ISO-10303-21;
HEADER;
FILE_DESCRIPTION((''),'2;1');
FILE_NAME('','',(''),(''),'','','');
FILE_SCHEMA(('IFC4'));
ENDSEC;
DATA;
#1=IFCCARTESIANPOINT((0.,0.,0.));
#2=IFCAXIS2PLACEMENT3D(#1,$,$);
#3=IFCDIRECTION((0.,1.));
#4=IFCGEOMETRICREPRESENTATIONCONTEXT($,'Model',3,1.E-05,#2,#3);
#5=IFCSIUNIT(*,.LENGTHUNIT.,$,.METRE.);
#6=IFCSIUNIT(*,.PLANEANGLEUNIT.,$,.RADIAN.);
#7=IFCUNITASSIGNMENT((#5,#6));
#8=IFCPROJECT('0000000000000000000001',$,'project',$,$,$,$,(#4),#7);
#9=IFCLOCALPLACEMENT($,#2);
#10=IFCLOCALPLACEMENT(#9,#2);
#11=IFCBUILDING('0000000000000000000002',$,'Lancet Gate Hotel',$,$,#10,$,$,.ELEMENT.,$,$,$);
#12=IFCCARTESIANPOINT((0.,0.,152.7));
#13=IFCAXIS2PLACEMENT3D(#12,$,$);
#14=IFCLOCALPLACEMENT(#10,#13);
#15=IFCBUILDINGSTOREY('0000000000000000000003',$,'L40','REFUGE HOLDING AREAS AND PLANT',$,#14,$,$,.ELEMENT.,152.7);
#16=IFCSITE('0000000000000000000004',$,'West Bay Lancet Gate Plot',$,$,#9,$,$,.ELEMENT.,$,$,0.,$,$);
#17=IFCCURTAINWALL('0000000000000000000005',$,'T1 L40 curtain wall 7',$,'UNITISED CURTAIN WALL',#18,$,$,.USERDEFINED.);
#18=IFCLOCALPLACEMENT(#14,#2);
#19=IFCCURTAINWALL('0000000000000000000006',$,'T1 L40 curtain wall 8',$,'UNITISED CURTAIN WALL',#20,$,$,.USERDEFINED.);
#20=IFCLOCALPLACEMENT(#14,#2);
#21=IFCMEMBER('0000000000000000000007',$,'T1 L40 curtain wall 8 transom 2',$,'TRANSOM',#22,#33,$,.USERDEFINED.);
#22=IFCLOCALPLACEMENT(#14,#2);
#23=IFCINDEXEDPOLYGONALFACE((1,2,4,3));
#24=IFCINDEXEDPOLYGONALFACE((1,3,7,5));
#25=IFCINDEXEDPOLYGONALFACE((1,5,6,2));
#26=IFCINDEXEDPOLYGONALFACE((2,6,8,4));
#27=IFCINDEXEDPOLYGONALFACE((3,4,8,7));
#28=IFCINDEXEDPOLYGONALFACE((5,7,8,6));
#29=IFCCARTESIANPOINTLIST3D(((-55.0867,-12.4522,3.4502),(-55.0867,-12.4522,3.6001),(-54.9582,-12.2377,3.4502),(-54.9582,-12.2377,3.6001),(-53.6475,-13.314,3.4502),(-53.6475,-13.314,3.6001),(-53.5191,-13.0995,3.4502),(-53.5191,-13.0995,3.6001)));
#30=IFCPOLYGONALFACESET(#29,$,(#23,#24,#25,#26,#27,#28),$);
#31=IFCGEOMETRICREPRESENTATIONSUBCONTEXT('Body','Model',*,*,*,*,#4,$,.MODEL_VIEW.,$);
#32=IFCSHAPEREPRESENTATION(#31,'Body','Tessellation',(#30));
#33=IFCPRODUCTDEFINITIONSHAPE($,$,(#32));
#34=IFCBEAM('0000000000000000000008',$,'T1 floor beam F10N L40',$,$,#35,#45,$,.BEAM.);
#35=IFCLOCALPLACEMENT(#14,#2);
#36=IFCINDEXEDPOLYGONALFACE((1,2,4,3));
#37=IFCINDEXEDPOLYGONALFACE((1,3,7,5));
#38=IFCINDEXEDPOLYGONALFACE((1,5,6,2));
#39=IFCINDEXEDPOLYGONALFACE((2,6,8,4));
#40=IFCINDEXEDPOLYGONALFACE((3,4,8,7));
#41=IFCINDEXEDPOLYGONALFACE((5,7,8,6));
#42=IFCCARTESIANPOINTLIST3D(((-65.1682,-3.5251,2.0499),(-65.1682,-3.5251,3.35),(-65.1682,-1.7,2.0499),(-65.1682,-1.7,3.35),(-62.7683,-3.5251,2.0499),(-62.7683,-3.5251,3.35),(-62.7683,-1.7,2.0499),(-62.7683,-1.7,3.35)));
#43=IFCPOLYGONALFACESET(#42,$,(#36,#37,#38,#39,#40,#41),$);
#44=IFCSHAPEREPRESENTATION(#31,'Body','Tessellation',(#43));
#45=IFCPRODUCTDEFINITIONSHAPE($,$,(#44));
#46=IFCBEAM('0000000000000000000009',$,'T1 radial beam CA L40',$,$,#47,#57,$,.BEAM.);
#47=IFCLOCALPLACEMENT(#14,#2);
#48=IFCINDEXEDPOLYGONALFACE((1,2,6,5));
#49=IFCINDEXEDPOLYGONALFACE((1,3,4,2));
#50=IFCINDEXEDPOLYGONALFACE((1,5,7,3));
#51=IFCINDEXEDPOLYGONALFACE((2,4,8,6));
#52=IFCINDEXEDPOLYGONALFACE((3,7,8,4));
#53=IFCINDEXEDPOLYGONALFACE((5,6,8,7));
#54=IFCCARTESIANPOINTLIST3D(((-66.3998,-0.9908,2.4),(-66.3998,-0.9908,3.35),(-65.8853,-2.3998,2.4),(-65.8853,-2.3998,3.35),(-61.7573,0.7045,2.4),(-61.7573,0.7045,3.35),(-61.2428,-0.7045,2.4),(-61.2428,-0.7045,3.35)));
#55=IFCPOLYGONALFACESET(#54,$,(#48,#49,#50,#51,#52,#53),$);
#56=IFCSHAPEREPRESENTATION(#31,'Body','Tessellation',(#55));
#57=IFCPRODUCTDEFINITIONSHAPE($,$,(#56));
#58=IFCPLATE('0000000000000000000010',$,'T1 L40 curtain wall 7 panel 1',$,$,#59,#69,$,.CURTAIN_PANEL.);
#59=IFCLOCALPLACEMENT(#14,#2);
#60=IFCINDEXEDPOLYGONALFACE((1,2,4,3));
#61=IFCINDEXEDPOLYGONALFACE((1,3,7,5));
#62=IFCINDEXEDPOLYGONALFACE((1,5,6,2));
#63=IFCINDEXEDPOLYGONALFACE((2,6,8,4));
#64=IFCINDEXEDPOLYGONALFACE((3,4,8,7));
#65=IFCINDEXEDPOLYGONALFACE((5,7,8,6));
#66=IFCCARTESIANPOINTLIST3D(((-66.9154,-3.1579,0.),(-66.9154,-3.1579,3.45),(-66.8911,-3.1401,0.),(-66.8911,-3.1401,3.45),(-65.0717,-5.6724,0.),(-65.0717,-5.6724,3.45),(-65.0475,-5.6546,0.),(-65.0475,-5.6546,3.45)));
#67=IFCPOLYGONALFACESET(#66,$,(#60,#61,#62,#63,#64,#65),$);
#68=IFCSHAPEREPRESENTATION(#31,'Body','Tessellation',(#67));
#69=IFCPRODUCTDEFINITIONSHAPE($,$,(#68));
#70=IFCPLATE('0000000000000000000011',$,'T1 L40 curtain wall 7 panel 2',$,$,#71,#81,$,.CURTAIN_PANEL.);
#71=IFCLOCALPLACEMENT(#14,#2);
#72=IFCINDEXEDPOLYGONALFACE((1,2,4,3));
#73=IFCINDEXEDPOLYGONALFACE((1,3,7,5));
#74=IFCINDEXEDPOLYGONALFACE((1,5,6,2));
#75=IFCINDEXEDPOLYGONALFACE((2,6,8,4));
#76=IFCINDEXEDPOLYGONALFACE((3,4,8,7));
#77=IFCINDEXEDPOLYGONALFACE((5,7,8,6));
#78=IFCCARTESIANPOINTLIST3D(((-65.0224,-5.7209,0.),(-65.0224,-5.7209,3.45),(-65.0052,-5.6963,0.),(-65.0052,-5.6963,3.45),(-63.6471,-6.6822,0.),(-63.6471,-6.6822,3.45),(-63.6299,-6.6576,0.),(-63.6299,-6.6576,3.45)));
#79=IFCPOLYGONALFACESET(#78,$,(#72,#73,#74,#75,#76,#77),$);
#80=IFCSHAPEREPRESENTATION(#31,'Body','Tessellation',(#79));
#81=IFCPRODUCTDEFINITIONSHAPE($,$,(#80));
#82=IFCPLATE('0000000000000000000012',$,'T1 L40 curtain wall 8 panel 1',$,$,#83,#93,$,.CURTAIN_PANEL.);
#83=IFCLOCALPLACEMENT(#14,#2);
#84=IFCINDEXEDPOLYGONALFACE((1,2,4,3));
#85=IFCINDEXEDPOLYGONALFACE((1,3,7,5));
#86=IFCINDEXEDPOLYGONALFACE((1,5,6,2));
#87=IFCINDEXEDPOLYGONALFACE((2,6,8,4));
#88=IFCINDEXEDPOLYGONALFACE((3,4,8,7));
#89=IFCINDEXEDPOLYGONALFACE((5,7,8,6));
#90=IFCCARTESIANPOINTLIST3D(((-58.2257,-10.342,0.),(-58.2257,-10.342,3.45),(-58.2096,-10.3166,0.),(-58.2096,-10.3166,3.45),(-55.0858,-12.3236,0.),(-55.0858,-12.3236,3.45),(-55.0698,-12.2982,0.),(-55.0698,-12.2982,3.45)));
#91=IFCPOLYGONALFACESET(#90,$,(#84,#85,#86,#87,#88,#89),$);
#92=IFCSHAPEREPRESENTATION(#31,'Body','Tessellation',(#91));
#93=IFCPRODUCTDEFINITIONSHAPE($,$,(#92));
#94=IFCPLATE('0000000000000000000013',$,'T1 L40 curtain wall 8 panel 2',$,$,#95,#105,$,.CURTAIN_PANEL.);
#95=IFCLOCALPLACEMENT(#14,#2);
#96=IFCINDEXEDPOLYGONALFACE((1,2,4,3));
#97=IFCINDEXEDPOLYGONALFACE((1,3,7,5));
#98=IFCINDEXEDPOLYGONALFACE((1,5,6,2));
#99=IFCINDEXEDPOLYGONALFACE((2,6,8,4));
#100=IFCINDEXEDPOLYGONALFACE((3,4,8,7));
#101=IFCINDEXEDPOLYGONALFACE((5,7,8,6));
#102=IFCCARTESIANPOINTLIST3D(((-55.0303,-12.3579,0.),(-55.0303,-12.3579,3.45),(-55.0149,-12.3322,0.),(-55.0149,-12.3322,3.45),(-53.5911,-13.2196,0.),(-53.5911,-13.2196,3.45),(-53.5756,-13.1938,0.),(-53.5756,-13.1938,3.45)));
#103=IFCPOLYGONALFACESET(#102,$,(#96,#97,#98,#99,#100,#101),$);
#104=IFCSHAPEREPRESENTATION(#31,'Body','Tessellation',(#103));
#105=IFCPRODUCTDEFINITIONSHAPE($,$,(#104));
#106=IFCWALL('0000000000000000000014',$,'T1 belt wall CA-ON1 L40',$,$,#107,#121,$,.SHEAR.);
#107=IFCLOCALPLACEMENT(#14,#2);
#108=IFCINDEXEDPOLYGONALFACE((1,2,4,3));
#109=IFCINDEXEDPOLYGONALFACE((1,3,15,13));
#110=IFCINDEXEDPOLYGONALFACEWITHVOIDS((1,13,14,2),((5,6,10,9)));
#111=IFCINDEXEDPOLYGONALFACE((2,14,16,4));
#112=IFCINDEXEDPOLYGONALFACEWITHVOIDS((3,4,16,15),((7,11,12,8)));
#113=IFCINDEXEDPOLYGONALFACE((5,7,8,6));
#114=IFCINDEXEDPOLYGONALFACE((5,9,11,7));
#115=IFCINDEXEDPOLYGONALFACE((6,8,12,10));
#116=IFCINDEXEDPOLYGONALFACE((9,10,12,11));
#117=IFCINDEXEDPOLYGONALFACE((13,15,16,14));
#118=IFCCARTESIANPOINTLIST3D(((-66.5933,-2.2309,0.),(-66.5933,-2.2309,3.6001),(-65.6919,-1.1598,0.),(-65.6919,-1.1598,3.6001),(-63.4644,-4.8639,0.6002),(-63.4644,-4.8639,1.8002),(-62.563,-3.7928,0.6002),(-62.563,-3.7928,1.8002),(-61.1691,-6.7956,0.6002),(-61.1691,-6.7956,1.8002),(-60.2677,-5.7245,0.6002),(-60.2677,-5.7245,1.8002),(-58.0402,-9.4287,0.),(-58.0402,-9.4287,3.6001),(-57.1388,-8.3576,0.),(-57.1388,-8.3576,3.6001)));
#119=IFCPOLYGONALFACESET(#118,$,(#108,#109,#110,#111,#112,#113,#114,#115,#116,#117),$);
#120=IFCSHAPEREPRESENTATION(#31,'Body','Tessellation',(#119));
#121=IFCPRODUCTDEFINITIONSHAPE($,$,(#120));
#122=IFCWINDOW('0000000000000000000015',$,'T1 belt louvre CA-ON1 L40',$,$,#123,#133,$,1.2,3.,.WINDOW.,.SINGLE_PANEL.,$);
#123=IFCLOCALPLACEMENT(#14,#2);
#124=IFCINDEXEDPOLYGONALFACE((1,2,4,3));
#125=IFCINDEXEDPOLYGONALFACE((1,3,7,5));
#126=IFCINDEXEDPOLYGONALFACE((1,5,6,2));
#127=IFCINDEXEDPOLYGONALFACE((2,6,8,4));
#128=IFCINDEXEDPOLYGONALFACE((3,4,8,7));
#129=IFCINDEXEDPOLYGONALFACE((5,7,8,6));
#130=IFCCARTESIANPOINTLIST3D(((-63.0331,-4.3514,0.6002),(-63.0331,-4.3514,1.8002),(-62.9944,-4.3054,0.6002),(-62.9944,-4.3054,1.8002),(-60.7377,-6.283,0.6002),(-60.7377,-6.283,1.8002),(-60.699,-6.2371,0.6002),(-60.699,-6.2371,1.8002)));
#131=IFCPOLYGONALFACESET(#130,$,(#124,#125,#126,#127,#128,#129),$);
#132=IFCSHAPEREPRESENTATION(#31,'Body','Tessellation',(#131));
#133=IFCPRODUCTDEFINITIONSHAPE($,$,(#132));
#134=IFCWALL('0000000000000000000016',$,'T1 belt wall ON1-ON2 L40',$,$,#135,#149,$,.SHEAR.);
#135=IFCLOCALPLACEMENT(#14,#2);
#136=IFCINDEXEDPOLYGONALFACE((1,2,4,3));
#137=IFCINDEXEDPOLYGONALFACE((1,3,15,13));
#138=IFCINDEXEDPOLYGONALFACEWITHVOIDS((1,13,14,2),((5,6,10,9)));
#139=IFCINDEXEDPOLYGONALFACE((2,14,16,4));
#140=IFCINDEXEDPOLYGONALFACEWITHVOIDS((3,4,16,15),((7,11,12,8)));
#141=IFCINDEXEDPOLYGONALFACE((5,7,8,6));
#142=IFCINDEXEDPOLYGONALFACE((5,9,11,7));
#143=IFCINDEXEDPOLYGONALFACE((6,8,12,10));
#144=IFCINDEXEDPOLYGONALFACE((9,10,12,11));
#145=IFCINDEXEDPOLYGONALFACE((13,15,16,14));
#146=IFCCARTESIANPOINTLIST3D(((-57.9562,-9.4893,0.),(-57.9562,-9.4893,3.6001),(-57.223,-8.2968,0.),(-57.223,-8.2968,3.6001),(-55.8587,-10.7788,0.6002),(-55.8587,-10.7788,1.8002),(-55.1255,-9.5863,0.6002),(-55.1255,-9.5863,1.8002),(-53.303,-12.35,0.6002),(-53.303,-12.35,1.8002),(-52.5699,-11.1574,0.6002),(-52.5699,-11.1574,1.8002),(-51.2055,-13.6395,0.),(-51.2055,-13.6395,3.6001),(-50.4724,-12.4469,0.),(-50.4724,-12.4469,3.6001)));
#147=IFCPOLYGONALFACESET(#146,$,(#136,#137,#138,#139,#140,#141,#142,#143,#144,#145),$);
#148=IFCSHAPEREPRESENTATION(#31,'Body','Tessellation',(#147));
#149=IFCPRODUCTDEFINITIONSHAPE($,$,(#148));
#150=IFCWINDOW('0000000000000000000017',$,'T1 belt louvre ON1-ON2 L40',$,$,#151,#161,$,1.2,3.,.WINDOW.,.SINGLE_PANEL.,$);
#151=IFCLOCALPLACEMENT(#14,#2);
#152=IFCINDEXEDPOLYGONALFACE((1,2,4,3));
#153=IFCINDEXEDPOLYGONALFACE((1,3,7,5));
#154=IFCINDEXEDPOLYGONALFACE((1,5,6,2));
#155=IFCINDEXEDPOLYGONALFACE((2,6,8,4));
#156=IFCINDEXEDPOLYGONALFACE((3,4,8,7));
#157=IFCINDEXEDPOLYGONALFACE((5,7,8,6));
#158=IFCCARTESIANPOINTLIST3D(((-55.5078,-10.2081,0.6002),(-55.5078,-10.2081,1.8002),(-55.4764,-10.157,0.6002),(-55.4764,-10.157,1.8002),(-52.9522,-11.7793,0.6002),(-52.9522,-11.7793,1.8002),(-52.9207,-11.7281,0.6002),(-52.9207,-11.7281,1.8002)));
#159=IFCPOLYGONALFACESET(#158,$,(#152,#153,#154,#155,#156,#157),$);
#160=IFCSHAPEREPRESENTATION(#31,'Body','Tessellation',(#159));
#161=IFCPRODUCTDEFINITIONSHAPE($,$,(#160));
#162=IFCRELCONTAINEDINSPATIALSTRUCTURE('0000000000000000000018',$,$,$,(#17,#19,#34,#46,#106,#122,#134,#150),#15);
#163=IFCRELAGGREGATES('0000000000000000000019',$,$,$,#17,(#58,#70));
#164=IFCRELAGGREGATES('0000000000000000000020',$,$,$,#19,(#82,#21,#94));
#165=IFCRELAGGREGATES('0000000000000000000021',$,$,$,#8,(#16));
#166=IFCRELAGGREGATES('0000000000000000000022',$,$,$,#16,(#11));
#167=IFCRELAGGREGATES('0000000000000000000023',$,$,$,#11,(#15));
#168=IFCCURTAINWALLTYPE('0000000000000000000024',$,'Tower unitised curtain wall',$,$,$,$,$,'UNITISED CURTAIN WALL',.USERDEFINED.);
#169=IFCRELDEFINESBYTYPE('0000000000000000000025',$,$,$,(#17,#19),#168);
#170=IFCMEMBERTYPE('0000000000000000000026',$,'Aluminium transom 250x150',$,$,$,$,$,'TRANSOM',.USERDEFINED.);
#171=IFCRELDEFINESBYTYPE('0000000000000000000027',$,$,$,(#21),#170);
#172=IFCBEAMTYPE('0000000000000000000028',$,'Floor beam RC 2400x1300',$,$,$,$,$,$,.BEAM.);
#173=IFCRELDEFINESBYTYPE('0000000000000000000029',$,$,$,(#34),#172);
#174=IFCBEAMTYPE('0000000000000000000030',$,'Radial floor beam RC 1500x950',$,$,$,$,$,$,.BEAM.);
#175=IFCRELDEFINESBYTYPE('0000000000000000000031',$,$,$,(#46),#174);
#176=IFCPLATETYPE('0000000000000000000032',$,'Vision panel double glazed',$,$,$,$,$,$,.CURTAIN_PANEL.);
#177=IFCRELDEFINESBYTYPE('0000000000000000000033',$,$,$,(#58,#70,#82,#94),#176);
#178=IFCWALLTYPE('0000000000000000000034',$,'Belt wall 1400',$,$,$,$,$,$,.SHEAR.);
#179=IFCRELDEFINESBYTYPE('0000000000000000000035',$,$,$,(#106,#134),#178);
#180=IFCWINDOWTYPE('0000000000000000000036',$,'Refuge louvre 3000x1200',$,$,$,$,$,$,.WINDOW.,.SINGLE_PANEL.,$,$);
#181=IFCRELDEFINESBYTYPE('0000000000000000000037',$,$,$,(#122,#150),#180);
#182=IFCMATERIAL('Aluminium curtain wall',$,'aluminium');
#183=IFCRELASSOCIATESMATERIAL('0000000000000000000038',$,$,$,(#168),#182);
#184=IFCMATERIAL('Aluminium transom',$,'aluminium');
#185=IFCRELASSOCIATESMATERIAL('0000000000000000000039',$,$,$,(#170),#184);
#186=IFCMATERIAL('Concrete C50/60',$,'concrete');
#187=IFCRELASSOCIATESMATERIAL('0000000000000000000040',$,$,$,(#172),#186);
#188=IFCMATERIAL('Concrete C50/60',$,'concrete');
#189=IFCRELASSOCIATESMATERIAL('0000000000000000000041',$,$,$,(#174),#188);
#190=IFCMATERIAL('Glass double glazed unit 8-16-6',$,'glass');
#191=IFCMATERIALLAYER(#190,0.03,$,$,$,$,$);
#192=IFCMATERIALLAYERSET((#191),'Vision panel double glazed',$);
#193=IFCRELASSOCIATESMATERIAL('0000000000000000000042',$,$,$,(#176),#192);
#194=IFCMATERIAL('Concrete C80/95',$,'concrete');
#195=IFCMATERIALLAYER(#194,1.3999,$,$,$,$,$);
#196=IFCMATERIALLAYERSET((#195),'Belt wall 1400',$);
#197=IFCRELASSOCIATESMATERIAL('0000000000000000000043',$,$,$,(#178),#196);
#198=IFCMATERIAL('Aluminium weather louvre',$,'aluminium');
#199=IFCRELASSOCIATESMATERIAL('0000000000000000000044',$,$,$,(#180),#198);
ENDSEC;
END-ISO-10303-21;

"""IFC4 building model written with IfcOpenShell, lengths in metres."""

from ifc_helpers import new_model, si_unit, direction, frame, frame_2d, origin, origin_2d, place, context, subcontext, project, spatial, rectangle, extrude, material, layer, layer_set, material_profile, profile_set, type_object, element, fill, aggregate, save


model = new_model("IFC4")

# Units and contexts
model_context = context("Model", 3, precision=1e-05, world=origin(), true_north=direction((0.0, 1.0)))
body_context = subcontext(model_context, "Body", "Model", "MODEL_VIEW")
ifc_project = project(units=[si_unit("LENGTHUNIT", "METRE"), si_unit("PLANEANGLEUNIT", "RADIAN")], contexts=[model_context])

# Site, building, storey
site_placement = place(None, origin())
site = spatial("IfcSite", under=ifc_project, at=site_placement, Name="West Bay Lancet Gate Plot", CompositionType="ELEMENT", RefElevation=0.0)
building_placement = place(site_placement, origin())
building = spatial("IfcBuilding", under=site, at=building_placement, Name="Lancet Gate Hotel", CompositionType="ELEMENT")
storey_placement = place(building_placement, frame((0.0, 0.0, 152.7)))
storey = spatial("IfcBuildingStorey", under=building, at=storey_placement, Name="L40", Description="REFUGE HOLDING AREAS AND PLANT", CompositionType="ELEMENT", Elevation=152.7)

# Curtain walls
ifc_material_1 = material(Name="Aluminium curtain wall", Category="aluminium")
curtain_wall_type = type_object("IfcCurtainWallType", Name="Tower unitised curtain wall", ElementType="UNITISED CURTAIN WALL", PredefinedType="USERDEFINED", material=ifc_material_1)
curtain_wall_1_placement = place(storey_placement, origin())
curtain_wall_1 = element("IfcCurtainWall", 1, at=curtain_wall_1_placement, inside=storey, type_object=curtain_wall_type, Name="T1 L40 curtain wall 7", ObjectType="UNITISED CURTAIN WALL", PredefinedType="USERDEFINED")
curtain_wall_2_placement = place(storey_placement, origin())
curtain_wall_2 = element("IfcCurtainWall", 2, at=curtain_wall_2_placement, inside=storey, type_object=curtain_wall_type, Name="T1 L40 curtain wall 8", ObjectType="UNITISED CURTAIN WALL", PredefinedType="USERDEFINED")

# Member
ifc_material_2 = material(Name="Aluminium transom", Category="aluminium")
ifc_material_profile_1 = material_profile(ifc_material_2, rectangle(XDim=0.25, YDim=0.1499, at=origin_2d()), Name="TRANSOM 250x150")
ifc_profile_set_1 = profile_set([ifc_material_profile_1], Name="Aluminium transom")
member_type_1 = type_object("IfcMemberType", Name="Aluminium transom 250x150", ElementType="TRANSOM", PredefinedType="USERDEFINED", material=ifc_profile_set_1)
member_1_placement = place(storey_placement, frame((-55.0225, -12.345, 3.5251), z_axis=(0.857942, -0.513746, 0.0), x_axis=(0.513746, 0.857942, 0.0)))
member_1 = element("IfcMember", 3, at=member_1_placement, type_object=member_type_1, Name="T1 L40 curtain wall 8 transom 2", ObjectType="TRANSOM", PredefinedType="USERDEFINED", context=body_context, shape_type="SweptSolid", body=[
    extrude(rectangle(XDim=0.25, YDim=0.1499, at=origin_2d()), origin(), (0.0, 0.0, 1.0), 1.6775),
])

# Beams
ifc_material_3 = material(Name="Concrete C50/60", Category="concrete")
ifc_material_profile_2 = material_profile(ifc_material_3, rectangle(XDim=2.3999, YDim=1.3, at=origin_2d()), Name="RC 2400x1300")
ifc_profile_set_2 = profile_set([ifc_material_profile_2], Name="Concrete C50/60")
beam_type_1 = type_object("IfcBeamType", Name="Floor beam RC 2400x1300", PredefinedType="BEAM", material=ifc_profile_set_2)
beam_1_placement = place(storey_placement, frame((-63.9683, -1.7, 2.7), z_axis=(0.0, -1.0, 0.0), x_axis=(1.0, 0.0, 0.0)))
element("IfcBeam", 4, at=beam_1_placement, inside=storey, type_object=beam_type_1, Name="T1 floor beam F10N L40", PredefinedType="BEAM", context=body_context, shape_type="SweptSolid", body=[
    extrude(rectangle(XDim=2.3999, YDim=1.3, at=origin_2d()), origin(), (0.0, 0.0, 1.0), 1.8252),
])
ifc_material_4 = material(Name="Concrete C50/60", Category="concrete")
ifc_material_profile_3 = material_profile(ifc_material_4, rectangle(XDim=1.5, YDim=0.95, at=origin_2d()), Name="RC 1500x950")
ifc_profile_set_3 = profile_set([ifc_material_profile_3], Name="Concrete C50/60")
beam_type_2 = type_object("IfcBeamType", Name="Radial floor beam RC 1500x950", PredefinedType="BEAM", material=ifc_profile_set_3)
beam_2_placement = place(storey_placement, frame((-66.1426, -1.6953, 2.875), z_axis=(0.939331, 0.343012, 0.0), x_axis=(-0.343012, 0.939331, 0.0)))
element("IfcBeam", 5, at=beam_2_placement, inside=storey, type_object=beam_type_2, Name="T1 radial beam CA L40", PredefinedType="BEAM", context=body_context, shape_type="SweptSolid", body=[
    extrude(rectangle(XDim=1.5, YDim=0.95, at=origin_2d()), origin(), (0.0, 0.0, 1.0), 4.9424),
])

# Plates
ifc_material_5 = material(Name="Glass double glazed unit 8-16-6", Category="glass")
ifc_layer_1 = layer(ifc_material_5, 0.03)
ifc_layer_set_1 = layer_set([ifc_layer_1], Name="Vision panel double glazed")
plate_type = type_object("IfcPlateType", Name="Vision panel double glazed", PredefinedType="CURTAIN_PANEL", material=ifc_layer_set_1)
plate_1_placement = place(storey_placement, frame((-65.9814, -4.4062, 0.0), z_axis=(0.0, 0.0, 1.0), x_axis=(0.5913, -0.806452, 0.0)))
plate_1 = element("IfcPlate", 6, at=plate_1_placement, type_object=plate_type, Name="T1 L40 curtain wall 7 panel 1", PredefinedType="CURTAIN_PANEL", context=body_context, shape_type="SweptSolid", body=[
    extrude(rectangle(XDim=3.1179, YDim=0.03, at=origin_2d()), origin(), (0.0, 0.0, 1.0), 3.45),
])
plate_2_placement = place(storey_placement, frame((-64.3262, -6.1892, 0.0), z_axis=(0.0, 0.0, 1.0), x_axis=(0.819631, -0.572892, 0.0)))
plate_2 = element("IfcPlate", 7, at=plate_2_placement, type_object=plate_type, Name="T1 L40 curtain wall 7 panel 2", PredefinedType="CURTAIN_PANEL", context=body_context, shape_type="SweptSolid", body=[
    extrude(rectangle(XDim=1.678, YDim=0.03, at=origin_2d()), origin(), (0.0, 0.0, 1.0), 3.45),
])
aggregate(curtain_wall_1, [plate_1, plate_2])
plate_3_placement = place(storey_placement, frame((-56.6477, -11.3201, 0.0), z_axis=(0.0, 0.0, 1.0), x_axis=(0.845667, -0.533711, 0.0)))
plate_3 = element("IfcPlate", 8, at=plate_3_placement, type_object=plate_type, Name="T1 L40 curtain wall 8 panel 1", PredefinedType="CURTAIN_PANEL", context=body_context, shape_type="SweptSolid", body=[
    extrude(rectangle(XDim=3.7129, YDim=0.03, at=origin_2d()), origin(), (0.0, 0.0, 1.0), 3.45),
])
plate_4_placement = place(storey_placement, frame((-54.303, -12.7759, 0.0), z_axis=(0.0, 0.0, 1.0), x_axis=(0.857987, -0.513672, 0.0)))
plate_4 = element("IfcPlate", 9, at=plate_4_placement, type_object=plate_type, Name="T1 L40 curtain wall 8 panel 2", PredefinedType="CURTAIN_PANEL", context=body_context, shape_type="SweptSolid", body=[
    extrude(rectangle(XDim=1.6775, YDim=0.03, at=origin_2d()), origin(), (0.0, 0.0, 1.0), 3.45),
])
aggregate(curtain_wall_2, [plate_3, member_1, plate_4])

# Walls, openings, windows
ifc_material_6 = material(Name="Concrete C80/95", Category="concrete")
ifc_layer_2 = layer(ifc_material_6, 1.3999)
ifc_layer_set_2 = layer_set([ifc_layer_2], Name="Belt wall 1400")
wall_type = type_object("IfcWallType", Name="Belt wall 1400", PredefinedType="SHEAR", material=ifc_layer_set_2)
wall_1_placement = place(storey_placement, frame((-66.1426, -1.6953, 0.0), z_axis=(0.0, 0.0, 1.0), x_axis=(0.765121, -0.643887, 0.0)))
wall_1 = element("IfcWall", 10, at=wall_1_placement, inside=storey, type_object=wall_type, Name="T1 belt wall CA-ON1 L40", PredefinedType="SHEAR", context=body_context, shape_type="SweptSolid", body=[
    extrude(rectangle(XDim=11.1787, YDim=1.3999, at=frame_2d((5.5894, 0.0))), origin(), (0.0, 0.0, 1.0), 3.6001),
])
opening_1_placement = place(wall_1_placement, frame((4.0894, 0.0, 0.6001)))
opening_1 = element("IfcOpeningElement", 11, at=opening_1_placement, cuts=wall_1, PredefinedType="OPENING", context=body_context, shape_type="SweptSolid", body=[
    extrude(rectangle(XDim=3.0, YDim=1.2, at=frame_2d((1.5, 0.6001))), frame((0.0, 0.71, 0.0), z_axis=(0.0, -1.0, 0.0), x_axis=(1.0, 0.0, 0.0)), (0.0, 0.0, 1.0), 1.4199),
])
ifc_material_7 = material(Name="Aluminium weather louvre", Category="aluminium")
window_type = type_object("IfcWindowType", Name="Refuge louvre 3000x1200", PartitioningType="SINGLE_PANEL", PredefinedType="WINDOW", material=ifc_material_7)
window_1_placement = place(opening_1_placement, origin())
window_1 = element("IfcWindow", 12, at=window_1_placement, inside=storey, type_object=window_type, Name="T1 belt louvre CA-ON1 L40", OverallHeight=1.2, OverallWidth=3.0, PartitioningType="SINGLE_PANEL", PredefinedType="WINDOW", context=body_context, shape_type="SweptSolid", body=[
    extrude(rectangle(XDim=3.0, YDim=1.2, at=frame_2d((1.5, 0.6001))), frame((0.0, 0.03, 0.0), z_axis=(0.0, -1.0, 0.0), x_axis=(1.0, 0.0, 0.0)), (0.0, 0.0, 1.0), 0.0601),
])
fill(opening_1, window_1)
wall_2_placement = place(storey_placement, frame((-57.5896, -8.8931, 0.0), z_axis=(0.0, 0.0, 1.0), x_axis=(0.851892, -0.523717, 0.0)))
wall_2 = element("IfcWall", 13, at=wall_2_placement, inside=storey, type_object=wall_type, Name="T1 belt wall ON1-ON2 L40", PredefinedType="SHEAR", context=body_context, shape_type="SweptSolid", body=[
    extrude(rectangle(XDim=7.9243, YDim=1.3999, at=frame_2d((3.9622, 0.0))), origin(), (0.0, 0.0, 1.0), 3.6001),
])
opening_2_placement = place(wall_2_placement, frame((2.4622, 0.0, 0.6001)))
opening_2 = element("IfcOpeningElement", 14, at=opening_2_placement, cuts=wall_2, PredefinedType="OPENING", context=body_context, shape_type="SweptSolid", body=[
    extrude(rectangle(XDim=3.0, YDim=1.2, at=frame_2d((1.5, 0.6001))), frame((0.0, 0.71, 0.0), z_axis=(0.0, -1.0, 0.0), x_axis=(1.0, 0.0, 0.0)), (0.0, 0.0, 1.0), 1.4199),
])
window_2_placement = place(opening_2_placement, origin())
window_2 = element("IfcWindow", 15, at=window_2_placement, inside=storey, type_object=window_type, Name="T1 belt louvre ON1-ON2 L40", OverallHeight=1.2, OverallWidth=3.0, PartitioningType="SINGLE_PANEL", PredefinedType="WINDOW", context=body_context, shape_type="SweptSolid", body=[
    extrude(rectangle(XDim=3.0, YDim=1.2, at=frame_2d((1.5, 0.6001))), frame((0.0, 0.03, 0.0), z_axis=(0.0, -1.0, 0.0), x_axis=(1.0, 0.0, 0.0)), (0.0, 0.0, 1.0), 0.0601),
])
fill(opening_2, window_2)

save(model, "model.ifc")
